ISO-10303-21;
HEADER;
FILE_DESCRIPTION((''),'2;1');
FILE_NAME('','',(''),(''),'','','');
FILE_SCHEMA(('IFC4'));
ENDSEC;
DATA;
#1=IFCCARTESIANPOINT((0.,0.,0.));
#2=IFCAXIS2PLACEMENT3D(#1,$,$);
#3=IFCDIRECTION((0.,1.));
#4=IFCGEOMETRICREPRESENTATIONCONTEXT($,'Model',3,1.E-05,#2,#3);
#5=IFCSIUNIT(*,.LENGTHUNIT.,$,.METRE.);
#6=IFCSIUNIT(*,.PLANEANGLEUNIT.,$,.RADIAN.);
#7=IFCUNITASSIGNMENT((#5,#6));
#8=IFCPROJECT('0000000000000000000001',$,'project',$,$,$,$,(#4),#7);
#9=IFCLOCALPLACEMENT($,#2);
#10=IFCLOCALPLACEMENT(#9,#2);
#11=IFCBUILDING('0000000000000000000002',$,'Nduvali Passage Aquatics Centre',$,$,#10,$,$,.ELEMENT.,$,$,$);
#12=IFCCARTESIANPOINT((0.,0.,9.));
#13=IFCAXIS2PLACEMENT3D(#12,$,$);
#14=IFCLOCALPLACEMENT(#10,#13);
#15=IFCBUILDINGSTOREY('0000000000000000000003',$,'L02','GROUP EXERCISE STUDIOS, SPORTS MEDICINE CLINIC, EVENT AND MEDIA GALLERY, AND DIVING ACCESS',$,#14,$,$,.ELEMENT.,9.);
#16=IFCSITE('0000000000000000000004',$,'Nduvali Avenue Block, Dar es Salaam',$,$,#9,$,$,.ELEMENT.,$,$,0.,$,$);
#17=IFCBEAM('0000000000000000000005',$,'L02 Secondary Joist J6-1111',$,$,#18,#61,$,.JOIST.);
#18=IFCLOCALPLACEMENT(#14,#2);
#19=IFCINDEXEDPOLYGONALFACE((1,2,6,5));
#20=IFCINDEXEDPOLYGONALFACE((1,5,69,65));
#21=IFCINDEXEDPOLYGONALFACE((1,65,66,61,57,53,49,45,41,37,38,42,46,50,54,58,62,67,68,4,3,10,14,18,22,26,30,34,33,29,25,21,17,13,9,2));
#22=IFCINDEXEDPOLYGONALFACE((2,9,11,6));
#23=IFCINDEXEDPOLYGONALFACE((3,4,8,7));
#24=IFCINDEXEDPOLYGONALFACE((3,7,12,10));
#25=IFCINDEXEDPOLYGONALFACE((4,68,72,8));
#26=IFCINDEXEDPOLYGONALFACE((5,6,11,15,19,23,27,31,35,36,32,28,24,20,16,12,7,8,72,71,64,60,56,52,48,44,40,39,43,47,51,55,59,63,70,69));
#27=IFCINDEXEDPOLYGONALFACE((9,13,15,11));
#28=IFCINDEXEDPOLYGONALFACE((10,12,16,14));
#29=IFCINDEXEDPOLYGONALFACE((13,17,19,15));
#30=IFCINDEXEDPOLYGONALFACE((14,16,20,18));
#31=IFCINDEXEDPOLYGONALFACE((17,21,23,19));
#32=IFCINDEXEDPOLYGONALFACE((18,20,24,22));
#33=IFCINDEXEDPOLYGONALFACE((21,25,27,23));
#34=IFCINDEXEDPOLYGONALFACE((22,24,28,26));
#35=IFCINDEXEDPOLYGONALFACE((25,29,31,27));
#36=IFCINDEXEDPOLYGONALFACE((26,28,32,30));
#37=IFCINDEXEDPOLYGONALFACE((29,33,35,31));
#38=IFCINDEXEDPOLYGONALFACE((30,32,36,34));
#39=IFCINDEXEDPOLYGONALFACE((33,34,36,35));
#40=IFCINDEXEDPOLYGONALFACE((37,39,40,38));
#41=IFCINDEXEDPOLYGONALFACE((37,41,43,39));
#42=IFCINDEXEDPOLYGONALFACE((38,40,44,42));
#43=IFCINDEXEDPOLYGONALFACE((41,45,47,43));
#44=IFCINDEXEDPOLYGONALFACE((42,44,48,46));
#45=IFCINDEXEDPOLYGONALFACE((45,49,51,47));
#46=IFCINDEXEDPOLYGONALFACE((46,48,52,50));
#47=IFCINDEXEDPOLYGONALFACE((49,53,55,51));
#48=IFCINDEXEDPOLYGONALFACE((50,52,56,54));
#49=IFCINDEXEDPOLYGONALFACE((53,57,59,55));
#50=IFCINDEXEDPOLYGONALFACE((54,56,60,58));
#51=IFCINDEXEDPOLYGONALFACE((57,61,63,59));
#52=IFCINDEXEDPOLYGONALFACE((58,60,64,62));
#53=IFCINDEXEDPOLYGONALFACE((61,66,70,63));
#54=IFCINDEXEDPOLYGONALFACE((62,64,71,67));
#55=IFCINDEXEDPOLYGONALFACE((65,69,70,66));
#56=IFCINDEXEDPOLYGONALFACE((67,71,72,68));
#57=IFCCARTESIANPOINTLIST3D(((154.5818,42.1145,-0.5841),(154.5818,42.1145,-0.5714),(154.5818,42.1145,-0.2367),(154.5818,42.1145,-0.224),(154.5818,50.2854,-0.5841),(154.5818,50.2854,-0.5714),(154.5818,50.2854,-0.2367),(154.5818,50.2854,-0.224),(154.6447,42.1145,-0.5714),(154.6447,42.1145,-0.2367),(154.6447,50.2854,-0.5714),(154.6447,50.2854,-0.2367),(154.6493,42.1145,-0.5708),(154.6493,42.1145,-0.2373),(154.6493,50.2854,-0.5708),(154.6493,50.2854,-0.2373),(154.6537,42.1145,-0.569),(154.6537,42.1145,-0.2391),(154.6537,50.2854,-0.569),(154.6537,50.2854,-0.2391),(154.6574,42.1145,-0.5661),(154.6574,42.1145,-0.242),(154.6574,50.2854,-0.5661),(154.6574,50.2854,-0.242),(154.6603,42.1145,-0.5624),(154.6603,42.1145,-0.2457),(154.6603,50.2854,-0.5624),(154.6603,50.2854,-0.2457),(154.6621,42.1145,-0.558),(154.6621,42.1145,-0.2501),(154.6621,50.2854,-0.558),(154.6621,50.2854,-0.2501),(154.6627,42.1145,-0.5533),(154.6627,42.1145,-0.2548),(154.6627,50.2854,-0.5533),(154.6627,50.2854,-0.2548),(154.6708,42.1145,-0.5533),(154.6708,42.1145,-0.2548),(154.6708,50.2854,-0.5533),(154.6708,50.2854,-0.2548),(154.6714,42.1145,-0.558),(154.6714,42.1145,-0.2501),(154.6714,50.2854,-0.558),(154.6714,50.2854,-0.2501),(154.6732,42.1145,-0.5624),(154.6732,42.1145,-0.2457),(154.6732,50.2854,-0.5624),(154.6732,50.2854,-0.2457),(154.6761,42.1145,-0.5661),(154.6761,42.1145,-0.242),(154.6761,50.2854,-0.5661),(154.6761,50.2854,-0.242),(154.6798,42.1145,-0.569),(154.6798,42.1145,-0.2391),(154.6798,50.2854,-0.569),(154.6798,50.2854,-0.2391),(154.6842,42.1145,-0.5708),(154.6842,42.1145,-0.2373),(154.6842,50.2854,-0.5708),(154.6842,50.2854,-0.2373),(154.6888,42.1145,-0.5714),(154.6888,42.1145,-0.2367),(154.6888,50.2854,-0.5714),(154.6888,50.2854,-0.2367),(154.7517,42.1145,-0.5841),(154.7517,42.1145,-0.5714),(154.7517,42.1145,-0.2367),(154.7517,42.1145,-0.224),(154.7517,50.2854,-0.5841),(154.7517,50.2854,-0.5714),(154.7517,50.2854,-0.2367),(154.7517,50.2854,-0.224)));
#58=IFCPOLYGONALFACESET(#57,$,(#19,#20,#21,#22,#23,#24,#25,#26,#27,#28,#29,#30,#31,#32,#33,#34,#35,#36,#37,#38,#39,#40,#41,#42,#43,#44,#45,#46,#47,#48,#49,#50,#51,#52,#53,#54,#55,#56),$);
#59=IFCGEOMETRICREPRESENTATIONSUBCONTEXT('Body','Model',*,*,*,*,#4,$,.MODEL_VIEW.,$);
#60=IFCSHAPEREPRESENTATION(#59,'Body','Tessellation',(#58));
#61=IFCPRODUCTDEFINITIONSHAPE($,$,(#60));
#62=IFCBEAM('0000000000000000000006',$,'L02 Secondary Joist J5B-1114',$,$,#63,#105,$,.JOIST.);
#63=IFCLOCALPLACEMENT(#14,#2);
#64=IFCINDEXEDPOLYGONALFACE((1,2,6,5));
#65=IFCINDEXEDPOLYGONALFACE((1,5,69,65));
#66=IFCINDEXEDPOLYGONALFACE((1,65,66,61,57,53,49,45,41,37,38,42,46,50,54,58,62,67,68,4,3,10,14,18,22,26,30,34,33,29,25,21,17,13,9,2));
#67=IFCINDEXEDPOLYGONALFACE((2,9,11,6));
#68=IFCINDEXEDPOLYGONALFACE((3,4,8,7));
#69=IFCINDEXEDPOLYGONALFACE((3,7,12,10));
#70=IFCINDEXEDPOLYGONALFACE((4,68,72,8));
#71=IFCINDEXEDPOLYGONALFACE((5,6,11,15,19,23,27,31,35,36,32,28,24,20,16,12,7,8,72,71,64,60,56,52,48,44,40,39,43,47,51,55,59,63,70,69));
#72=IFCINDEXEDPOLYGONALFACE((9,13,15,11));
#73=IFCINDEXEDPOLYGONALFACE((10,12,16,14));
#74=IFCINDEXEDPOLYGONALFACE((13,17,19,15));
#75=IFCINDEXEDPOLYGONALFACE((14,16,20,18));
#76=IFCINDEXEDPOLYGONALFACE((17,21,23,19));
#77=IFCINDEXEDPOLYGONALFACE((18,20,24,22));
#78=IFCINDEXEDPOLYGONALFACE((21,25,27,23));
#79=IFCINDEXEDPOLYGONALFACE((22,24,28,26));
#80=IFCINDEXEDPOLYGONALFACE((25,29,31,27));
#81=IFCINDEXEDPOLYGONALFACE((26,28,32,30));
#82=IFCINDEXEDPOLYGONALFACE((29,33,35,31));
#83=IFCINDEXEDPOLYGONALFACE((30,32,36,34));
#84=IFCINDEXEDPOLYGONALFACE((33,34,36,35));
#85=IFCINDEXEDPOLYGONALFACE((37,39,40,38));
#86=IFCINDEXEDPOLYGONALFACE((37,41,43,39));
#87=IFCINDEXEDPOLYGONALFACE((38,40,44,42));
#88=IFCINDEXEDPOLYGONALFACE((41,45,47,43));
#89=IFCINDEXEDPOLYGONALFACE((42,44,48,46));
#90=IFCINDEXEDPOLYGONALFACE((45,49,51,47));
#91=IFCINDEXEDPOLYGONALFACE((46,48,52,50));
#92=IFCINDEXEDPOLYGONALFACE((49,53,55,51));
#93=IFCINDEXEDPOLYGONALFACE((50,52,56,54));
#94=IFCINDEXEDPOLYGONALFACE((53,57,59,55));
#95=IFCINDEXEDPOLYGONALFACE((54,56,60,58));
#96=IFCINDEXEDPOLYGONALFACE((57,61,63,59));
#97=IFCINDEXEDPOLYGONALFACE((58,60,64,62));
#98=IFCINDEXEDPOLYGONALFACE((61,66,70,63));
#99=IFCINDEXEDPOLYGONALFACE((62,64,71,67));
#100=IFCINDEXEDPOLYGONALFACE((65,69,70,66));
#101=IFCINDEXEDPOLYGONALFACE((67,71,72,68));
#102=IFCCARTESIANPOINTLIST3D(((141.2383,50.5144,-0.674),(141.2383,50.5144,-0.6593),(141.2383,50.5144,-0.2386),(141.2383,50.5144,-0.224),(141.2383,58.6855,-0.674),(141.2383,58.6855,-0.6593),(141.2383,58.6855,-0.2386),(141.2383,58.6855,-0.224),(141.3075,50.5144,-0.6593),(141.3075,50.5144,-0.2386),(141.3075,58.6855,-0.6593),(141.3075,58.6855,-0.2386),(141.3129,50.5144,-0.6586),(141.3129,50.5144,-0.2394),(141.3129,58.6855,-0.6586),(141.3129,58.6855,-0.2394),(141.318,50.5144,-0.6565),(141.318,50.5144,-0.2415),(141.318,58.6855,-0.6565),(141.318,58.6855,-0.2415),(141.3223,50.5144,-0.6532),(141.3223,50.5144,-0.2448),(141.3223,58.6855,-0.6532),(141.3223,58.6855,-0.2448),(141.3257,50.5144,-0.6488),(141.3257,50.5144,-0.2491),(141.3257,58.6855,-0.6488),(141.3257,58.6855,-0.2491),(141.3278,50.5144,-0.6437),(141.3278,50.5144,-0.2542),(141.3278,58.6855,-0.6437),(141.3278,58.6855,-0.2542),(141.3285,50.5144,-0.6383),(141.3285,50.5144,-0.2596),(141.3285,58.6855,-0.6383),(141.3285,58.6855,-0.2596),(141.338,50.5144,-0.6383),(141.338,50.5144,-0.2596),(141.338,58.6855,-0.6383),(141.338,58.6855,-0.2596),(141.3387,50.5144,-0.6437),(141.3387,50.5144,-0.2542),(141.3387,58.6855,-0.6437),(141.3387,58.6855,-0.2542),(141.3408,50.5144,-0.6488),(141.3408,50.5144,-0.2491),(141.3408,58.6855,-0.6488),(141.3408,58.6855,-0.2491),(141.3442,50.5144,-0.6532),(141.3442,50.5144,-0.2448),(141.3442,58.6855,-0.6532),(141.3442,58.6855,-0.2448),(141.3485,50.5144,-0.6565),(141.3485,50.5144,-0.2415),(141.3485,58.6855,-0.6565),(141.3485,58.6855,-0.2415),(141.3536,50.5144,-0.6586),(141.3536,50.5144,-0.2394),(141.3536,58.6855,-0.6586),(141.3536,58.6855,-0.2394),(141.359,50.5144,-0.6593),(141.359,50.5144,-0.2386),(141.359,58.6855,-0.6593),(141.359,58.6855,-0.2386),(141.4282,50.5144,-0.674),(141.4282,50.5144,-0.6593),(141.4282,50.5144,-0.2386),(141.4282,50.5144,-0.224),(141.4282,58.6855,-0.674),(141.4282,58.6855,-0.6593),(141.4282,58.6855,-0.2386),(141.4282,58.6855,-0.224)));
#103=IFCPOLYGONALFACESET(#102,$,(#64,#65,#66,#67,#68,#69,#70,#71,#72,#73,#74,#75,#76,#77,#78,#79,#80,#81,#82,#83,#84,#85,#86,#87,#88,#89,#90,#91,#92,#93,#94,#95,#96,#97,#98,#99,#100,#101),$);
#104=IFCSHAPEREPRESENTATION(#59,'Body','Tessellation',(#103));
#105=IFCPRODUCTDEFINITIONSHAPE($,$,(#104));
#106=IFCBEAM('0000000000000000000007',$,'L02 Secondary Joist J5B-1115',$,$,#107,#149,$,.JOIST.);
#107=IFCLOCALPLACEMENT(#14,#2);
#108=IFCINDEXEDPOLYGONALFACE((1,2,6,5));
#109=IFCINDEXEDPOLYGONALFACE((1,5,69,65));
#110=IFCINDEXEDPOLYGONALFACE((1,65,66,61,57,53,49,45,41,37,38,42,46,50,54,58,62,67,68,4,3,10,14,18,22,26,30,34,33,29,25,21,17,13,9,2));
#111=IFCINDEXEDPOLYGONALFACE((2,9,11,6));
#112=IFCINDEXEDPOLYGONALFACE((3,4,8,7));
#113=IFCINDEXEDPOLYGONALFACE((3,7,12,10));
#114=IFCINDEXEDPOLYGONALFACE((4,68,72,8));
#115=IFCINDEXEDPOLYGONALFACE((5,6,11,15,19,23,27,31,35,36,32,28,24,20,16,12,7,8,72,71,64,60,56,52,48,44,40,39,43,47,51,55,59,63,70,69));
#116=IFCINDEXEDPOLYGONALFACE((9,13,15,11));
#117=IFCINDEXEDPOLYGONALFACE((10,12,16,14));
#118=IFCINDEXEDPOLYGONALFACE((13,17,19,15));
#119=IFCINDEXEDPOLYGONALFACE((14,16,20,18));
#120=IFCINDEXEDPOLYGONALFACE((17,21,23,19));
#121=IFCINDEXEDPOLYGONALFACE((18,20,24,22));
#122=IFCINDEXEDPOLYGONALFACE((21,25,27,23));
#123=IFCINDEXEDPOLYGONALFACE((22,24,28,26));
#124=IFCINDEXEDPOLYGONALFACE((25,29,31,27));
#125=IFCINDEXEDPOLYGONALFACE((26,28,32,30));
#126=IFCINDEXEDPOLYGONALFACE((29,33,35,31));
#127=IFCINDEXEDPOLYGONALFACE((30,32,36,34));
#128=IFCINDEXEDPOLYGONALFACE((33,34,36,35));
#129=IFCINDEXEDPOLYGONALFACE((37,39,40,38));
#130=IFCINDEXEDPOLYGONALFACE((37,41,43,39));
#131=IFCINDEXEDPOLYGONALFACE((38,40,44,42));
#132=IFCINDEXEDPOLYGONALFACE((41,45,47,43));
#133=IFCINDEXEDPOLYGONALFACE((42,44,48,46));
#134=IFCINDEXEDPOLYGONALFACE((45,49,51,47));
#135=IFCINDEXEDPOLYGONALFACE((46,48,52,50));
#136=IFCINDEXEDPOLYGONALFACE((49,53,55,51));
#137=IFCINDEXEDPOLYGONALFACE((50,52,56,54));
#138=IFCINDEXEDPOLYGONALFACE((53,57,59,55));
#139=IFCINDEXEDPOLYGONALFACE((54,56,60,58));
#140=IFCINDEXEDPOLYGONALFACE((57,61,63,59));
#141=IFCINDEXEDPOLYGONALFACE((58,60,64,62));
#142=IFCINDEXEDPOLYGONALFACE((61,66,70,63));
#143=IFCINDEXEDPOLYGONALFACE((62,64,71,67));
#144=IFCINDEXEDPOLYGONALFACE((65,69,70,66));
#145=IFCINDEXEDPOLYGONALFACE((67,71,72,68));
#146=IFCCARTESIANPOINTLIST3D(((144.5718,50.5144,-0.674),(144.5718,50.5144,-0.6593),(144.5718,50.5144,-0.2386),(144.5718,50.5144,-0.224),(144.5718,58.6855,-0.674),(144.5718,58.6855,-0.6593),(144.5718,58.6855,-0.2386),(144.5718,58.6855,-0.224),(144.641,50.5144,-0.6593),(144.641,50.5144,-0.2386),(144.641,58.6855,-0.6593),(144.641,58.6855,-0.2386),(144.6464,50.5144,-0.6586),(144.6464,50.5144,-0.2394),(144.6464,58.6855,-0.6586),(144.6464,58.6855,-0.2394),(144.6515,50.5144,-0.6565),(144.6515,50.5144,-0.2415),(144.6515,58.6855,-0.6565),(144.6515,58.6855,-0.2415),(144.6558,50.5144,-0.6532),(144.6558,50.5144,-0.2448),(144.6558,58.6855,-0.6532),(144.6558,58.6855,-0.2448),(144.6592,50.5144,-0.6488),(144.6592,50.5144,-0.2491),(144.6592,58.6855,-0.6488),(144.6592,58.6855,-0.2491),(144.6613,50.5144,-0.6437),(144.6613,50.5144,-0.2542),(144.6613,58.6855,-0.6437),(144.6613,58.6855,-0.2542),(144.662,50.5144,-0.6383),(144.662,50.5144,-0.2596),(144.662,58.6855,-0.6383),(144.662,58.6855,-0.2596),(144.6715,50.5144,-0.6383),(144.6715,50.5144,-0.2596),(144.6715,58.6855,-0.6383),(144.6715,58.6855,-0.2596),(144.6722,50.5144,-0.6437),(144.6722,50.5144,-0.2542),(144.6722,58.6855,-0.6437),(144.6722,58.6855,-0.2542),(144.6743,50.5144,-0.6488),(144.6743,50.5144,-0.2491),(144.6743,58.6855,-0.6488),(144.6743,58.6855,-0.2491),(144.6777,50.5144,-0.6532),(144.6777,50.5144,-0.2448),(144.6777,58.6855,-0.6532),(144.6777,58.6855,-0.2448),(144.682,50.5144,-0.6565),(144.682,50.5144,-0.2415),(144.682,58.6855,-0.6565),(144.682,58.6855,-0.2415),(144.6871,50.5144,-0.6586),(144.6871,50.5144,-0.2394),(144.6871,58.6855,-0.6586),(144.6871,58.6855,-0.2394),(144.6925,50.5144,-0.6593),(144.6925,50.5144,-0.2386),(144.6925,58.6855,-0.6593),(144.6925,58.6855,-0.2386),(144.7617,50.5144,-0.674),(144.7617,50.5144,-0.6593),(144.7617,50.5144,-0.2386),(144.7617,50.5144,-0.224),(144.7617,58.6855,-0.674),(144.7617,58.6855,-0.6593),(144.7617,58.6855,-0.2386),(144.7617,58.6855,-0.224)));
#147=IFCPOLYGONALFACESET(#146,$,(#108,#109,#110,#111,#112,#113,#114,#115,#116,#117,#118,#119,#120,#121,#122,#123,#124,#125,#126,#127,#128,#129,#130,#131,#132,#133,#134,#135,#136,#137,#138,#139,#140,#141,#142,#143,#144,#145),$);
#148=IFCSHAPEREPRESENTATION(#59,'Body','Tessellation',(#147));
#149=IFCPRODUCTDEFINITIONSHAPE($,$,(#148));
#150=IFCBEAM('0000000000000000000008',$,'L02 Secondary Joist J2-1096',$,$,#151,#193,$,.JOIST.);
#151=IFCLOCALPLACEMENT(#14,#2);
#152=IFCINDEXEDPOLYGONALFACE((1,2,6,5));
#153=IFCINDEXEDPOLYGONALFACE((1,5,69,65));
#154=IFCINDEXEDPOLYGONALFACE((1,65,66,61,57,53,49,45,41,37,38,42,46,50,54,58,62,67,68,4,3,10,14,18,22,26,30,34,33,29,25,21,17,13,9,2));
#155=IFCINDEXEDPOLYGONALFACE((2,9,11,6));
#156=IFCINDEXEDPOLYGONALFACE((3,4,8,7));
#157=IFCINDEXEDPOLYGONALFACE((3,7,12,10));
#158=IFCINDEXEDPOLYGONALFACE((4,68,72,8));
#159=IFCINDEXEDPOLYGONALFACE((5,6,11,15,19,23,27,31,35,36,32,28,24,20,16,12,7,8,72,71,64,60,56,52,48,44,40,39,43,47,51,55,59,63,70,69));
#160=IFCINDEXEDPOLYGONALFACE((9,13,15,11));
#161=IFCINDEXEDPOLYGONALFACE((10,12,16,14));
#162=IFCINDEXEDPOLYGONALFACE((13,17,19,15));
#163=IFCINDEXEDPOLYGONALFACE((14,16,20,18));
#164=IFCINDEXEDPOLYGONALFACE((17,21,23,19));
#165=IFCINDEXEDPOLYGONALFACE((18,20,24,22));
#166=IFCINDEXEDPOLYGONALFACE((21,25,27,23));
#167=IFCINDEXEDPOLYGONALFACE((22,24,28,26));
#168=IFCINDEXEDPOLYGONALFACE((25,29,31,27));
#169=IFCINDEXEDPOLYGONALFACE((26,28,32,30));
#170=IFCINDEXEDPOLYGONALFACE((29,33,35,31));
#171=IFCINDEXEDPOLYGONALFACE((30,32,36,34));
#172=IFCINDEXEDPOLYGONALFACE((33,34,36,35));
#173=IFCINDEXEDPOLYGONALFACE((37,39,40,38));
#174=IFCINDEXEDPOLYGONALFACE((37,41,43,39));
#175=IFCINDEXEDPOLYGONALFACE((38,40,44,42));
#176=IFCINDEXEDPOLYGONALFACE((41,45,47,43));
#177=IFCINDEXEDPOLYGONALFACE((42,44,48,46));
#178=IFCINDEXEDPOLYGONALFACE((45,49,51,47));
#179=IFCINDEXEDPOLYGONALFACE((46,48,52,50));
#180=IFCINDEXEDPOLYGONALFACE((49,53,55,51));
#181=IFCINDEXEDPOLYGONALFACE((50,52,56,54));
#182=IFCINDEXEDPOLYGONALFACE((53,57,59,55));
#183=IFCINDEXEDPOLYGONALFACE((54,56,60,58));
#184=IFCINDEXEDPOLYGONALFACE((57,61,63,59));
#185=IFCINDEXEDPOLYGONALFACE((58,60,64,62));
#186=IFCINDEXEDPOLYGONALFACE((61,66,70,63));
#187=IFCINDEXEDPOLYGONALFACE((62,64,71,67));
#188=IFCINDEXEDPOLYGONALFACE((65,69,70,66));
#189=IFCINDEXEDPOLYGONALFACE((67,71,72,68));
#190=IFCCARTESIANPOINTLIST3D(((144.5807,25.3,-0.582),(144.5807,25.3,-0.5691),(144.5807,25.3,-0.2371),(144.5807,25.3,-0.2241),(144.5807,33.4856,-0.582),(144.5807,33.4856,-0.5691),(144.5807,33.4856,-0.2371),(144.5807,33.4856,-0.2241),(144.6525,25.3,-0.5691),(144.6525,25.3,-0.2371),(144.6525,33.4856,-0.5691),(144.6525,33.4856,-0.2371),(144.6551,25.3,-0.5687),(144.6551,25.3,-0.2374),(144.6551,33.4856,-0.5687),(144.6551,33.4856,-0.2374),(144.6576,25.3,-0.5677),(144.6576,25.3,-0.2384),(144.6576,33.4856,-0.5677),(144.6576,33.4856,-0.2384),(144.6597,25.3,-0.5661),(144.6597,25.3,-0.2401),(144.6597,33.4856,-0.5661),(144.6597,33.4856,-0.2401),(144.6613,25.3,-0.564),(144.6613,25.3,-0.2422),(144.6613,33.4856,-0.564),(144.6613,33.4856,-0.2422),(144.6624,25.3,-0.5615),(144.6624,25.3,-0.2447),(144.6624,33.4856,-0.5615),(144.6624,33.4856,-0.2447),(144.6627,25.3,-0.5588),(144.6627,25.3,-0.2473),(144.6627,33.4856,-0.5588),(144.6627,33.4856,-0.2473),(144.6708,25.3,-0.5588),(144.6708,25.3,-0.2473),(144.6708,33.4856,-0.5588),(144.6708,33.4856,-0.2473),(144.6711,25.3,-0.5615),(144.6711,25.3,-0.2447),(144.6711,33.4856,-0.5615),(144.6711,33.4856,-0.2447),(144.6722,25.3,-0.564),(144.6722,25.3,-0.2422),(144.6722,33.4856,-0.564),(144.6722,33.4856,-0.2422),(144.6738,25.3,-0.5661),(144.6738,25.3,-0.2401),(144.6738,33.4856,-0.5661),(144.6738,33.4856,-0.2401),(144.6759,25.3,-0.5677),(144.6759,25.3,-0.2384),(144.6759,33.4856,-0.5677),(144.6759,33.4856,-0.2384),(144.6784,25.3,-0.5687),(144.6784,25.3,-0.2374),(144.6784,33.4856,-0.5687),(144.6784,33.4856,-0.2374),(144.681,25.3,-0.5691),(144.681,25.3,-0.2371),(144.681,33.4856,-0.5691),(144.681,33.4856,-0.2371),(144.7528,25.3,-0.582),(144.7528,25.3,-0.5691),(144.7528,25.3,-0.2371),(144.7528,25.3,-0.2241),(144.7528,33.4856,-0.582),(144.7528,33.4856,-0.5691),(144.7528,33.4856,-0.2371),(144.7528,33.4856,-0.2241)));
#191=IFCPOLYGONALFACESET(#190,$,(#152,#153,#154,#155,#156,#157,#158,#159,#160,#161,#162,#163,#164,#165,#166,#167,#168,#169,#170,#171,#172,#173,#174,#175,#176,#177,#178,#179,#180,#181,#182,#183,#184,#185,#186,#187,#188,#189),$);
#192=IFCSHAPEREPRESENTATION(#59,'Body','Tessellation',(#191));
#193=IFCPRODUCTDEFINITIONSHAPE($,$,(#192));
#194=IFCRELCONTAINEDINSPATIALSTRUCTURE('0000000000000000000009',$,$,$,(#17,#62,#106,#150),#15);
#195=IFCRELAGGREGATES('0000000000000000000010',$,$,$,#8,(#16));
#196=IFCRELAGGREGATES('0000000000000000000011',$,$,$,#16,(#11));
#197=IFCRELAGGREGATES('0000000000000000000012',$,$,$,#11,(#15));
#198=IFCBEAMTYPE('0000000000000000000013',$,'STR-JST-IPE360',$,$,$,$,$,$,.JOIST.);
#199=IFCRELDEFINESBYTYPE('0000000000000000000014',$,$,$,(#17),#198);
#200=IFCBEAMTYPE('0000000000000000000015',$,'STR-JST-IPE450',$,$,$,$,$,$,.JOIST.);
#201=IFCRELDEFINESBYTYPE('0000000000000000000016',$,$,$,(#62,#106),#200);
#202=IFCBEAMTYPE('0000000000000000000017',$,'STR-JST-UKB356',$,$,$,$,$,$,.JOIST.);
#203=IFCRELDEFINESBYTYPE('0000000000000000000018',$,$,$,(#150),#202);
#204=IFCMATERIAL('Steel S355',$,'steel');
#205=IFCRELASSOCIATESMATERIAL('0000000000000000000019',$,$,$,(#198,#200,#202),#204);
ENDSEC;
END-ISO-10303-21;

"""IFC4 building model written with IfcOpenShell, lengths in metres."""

from ifc_helpers import new_model, si_unit, direction, frame, origin, origin_2d, place, context, subcontext, project, spatial, i_section, extrude, material, material_profile, profile_set, type_object, element, save


model = new_model("IFC4")

# Units and contexts
model_context = context("Model", 3, precision=1e-05, world=origin(), true_north=direction((0.0, 1.0)))
body_context = subcontext(model_context, "Body", "Model", "MODEL_VIEW")
ifc_project = project(units=[si_unit("LENGTHUNIT", "METRE"), si_unit("PLANEANGLEUNIT", "RADIAN")], contexts=[model_context])

# Site, building, storey
site_placement = place(None, origin())
site = spatial("IfcSite", under=ifc_project, at=site_placement, Name="Nduvali Avenue Block, Dar es Salaam", CompositionType="ELEMENT", RefElevation=0.0)
building_placement = place(site_placement, origin())
building = spatial("IfcBuilding", under=site, at=building_placement, Name="Nduvali Passage Aquatics Centre", CompositionType="ELEMENT")
storey_placement = place(building_placement, frame((0.0, 0.0, 9.0)))
storey = spatial("IfcBuildingStorey", under=building, at=storey_placement, Name="L02", Description="GROUP EXERCISE STUDIOS, SPORTS MEDICINE CLINIC, EVENT AND MEDIA GALLERY, AND DIVING ACCESS", CompositionType="ELEMENT", Elevation=9.0)

# Beams
ifc_material = material(Name="Steel S355", Category="steel")
ifc_material_profile_1 = material_profile(ifc_material, i_section(OverallWidth=0.1699, OverallDepth=0.3601, WebThickness=0.0081, FlangeThickness=0.0127, FilletRadius=0.0181, at=origin_2d()), Name="IPE 360")
ifc_profile_set_1 = profile_set([ifc_material_profile_1], Name="Steel S355")
beam_type_1 = type_object("IfcBeamType", Name="STR-JST-IPE360", PredefinedType="JOIST", material=ifc_profile_set_1)
for number, where, z_axis, x_axis, name in (
    (1, (154.6667, 42.1145, -0.4041), (0.0, 1.0, 0.0), (-1.0, 0.0, 0.0), "L02 Secondary Joist J6-1111"),
):
    element("IfcBeam", number, at=place(storey_placement, frame(where, z_axis=z_axis, x_axis=x_axis)), inside=storey, type_object=beam_type_1, Name=name, PredefinedType="JOIST", context=body_context, shape_type="SweptSolid", body=[
        extrude(i_section(OverallWidth=0.1699, OverallDepth=0.3601, WebThickness=0.0081, FlangeThickness=0.0127, FilletRadius=0.0181, at=origin_2d()), origin(), (0.0, 0.0, 1.0), 8.1709),
    ])
ifc_material_profile_2 = material_profile(ifc_material, i_section(OverallWidth=0.1899, OverallDepth=0.45, WebThickness=0.0095, FlangeThickness=0.0146, FilletRadius=0.021, at=origin_2d()), Name="IPE 450")
ifc_profile_set_2 = profile_set([ifc_material_profile_2], Name="Steel S355")
beam_type_2 = type_object("IfcBeamType", Name="STR-JST-IPE450", PredefinedType="JOIST", material=ifc_profile_set_2)
for number, where, z_axis, x_axis, name in (
    (2, (141.3333, 50.5144, -0.449), (0.0, 1.0, 0.0), (-1.0, 0.0, 0.0), "L02 Secondary Joist J5B-1114"),
    (3, (144.6667, 50.5144, -0.449), (0.0, 1.0, 0.0), (-1.0, 0.0, 0.0), "L02 Secondary Joist J5B-1115"),
):
    element("IfcBeam", number, at=place(storey_placement, frame(where, z_axis=z_axis, x_axis=x_axis)), inside=storey, type_object=beam_type_2, Name=name, PredefinedType="JOIST", context=body_context, shape_type="SweptSolid", body=[
        extrude(i_section(OverallWidth=0.1899, OverallDepth=0.45, WebThickness=0.0095, FlangeThickness=0.0146, FilletRadius=0.021, at=origin_2d()), origin(), (0.0, 0.0, 1.0), 8.1711),
    ])
ifc_material_profile_3 = material_profile(ifc_material, i_section(OverallWidth=0.1721, OverallDepth=0.3579, WebThickness=0.0081, FlangeThickness=0.0129, FilletRadius=0.0103, at=origin_2d()), Name="UKB 356x171x57")
ifc_profile_set_3 = profile_set([ifc_material_profile_3], Name="Steel S355")
beam_type_3 = type_object("IfcBeamType", Name="STR-JST-UKB356", PredefinedType="JOIST", material=ifc_profile_set_3)
beam_1_placement = place(storey_placement, frame((144.6667, 25.3, -0.4031), z_axis=(0.0, 1.0, 0.0), x_axis=(-1.0, 0.0, 0.0)))
element("IfcBeam", 4, at=beam_1_placement, inside=storey, type_object=beam_type_3, Name="L02 Secondary Joist J2-1096", PredefinedType="JOIST", context=body_context, shape_type="SweptSolid", body=[
    extrude(i_section(OverallWidth=0.1721, OverallDepth=0.3579, WebThickness=0.0081, FlangeThickness=0.0129, FilletRadius=0.0103, at=origin_2d()), origin(), (0.0, 0.0, 1.0), 8.1855),
])

save(model, "model.ifc")
